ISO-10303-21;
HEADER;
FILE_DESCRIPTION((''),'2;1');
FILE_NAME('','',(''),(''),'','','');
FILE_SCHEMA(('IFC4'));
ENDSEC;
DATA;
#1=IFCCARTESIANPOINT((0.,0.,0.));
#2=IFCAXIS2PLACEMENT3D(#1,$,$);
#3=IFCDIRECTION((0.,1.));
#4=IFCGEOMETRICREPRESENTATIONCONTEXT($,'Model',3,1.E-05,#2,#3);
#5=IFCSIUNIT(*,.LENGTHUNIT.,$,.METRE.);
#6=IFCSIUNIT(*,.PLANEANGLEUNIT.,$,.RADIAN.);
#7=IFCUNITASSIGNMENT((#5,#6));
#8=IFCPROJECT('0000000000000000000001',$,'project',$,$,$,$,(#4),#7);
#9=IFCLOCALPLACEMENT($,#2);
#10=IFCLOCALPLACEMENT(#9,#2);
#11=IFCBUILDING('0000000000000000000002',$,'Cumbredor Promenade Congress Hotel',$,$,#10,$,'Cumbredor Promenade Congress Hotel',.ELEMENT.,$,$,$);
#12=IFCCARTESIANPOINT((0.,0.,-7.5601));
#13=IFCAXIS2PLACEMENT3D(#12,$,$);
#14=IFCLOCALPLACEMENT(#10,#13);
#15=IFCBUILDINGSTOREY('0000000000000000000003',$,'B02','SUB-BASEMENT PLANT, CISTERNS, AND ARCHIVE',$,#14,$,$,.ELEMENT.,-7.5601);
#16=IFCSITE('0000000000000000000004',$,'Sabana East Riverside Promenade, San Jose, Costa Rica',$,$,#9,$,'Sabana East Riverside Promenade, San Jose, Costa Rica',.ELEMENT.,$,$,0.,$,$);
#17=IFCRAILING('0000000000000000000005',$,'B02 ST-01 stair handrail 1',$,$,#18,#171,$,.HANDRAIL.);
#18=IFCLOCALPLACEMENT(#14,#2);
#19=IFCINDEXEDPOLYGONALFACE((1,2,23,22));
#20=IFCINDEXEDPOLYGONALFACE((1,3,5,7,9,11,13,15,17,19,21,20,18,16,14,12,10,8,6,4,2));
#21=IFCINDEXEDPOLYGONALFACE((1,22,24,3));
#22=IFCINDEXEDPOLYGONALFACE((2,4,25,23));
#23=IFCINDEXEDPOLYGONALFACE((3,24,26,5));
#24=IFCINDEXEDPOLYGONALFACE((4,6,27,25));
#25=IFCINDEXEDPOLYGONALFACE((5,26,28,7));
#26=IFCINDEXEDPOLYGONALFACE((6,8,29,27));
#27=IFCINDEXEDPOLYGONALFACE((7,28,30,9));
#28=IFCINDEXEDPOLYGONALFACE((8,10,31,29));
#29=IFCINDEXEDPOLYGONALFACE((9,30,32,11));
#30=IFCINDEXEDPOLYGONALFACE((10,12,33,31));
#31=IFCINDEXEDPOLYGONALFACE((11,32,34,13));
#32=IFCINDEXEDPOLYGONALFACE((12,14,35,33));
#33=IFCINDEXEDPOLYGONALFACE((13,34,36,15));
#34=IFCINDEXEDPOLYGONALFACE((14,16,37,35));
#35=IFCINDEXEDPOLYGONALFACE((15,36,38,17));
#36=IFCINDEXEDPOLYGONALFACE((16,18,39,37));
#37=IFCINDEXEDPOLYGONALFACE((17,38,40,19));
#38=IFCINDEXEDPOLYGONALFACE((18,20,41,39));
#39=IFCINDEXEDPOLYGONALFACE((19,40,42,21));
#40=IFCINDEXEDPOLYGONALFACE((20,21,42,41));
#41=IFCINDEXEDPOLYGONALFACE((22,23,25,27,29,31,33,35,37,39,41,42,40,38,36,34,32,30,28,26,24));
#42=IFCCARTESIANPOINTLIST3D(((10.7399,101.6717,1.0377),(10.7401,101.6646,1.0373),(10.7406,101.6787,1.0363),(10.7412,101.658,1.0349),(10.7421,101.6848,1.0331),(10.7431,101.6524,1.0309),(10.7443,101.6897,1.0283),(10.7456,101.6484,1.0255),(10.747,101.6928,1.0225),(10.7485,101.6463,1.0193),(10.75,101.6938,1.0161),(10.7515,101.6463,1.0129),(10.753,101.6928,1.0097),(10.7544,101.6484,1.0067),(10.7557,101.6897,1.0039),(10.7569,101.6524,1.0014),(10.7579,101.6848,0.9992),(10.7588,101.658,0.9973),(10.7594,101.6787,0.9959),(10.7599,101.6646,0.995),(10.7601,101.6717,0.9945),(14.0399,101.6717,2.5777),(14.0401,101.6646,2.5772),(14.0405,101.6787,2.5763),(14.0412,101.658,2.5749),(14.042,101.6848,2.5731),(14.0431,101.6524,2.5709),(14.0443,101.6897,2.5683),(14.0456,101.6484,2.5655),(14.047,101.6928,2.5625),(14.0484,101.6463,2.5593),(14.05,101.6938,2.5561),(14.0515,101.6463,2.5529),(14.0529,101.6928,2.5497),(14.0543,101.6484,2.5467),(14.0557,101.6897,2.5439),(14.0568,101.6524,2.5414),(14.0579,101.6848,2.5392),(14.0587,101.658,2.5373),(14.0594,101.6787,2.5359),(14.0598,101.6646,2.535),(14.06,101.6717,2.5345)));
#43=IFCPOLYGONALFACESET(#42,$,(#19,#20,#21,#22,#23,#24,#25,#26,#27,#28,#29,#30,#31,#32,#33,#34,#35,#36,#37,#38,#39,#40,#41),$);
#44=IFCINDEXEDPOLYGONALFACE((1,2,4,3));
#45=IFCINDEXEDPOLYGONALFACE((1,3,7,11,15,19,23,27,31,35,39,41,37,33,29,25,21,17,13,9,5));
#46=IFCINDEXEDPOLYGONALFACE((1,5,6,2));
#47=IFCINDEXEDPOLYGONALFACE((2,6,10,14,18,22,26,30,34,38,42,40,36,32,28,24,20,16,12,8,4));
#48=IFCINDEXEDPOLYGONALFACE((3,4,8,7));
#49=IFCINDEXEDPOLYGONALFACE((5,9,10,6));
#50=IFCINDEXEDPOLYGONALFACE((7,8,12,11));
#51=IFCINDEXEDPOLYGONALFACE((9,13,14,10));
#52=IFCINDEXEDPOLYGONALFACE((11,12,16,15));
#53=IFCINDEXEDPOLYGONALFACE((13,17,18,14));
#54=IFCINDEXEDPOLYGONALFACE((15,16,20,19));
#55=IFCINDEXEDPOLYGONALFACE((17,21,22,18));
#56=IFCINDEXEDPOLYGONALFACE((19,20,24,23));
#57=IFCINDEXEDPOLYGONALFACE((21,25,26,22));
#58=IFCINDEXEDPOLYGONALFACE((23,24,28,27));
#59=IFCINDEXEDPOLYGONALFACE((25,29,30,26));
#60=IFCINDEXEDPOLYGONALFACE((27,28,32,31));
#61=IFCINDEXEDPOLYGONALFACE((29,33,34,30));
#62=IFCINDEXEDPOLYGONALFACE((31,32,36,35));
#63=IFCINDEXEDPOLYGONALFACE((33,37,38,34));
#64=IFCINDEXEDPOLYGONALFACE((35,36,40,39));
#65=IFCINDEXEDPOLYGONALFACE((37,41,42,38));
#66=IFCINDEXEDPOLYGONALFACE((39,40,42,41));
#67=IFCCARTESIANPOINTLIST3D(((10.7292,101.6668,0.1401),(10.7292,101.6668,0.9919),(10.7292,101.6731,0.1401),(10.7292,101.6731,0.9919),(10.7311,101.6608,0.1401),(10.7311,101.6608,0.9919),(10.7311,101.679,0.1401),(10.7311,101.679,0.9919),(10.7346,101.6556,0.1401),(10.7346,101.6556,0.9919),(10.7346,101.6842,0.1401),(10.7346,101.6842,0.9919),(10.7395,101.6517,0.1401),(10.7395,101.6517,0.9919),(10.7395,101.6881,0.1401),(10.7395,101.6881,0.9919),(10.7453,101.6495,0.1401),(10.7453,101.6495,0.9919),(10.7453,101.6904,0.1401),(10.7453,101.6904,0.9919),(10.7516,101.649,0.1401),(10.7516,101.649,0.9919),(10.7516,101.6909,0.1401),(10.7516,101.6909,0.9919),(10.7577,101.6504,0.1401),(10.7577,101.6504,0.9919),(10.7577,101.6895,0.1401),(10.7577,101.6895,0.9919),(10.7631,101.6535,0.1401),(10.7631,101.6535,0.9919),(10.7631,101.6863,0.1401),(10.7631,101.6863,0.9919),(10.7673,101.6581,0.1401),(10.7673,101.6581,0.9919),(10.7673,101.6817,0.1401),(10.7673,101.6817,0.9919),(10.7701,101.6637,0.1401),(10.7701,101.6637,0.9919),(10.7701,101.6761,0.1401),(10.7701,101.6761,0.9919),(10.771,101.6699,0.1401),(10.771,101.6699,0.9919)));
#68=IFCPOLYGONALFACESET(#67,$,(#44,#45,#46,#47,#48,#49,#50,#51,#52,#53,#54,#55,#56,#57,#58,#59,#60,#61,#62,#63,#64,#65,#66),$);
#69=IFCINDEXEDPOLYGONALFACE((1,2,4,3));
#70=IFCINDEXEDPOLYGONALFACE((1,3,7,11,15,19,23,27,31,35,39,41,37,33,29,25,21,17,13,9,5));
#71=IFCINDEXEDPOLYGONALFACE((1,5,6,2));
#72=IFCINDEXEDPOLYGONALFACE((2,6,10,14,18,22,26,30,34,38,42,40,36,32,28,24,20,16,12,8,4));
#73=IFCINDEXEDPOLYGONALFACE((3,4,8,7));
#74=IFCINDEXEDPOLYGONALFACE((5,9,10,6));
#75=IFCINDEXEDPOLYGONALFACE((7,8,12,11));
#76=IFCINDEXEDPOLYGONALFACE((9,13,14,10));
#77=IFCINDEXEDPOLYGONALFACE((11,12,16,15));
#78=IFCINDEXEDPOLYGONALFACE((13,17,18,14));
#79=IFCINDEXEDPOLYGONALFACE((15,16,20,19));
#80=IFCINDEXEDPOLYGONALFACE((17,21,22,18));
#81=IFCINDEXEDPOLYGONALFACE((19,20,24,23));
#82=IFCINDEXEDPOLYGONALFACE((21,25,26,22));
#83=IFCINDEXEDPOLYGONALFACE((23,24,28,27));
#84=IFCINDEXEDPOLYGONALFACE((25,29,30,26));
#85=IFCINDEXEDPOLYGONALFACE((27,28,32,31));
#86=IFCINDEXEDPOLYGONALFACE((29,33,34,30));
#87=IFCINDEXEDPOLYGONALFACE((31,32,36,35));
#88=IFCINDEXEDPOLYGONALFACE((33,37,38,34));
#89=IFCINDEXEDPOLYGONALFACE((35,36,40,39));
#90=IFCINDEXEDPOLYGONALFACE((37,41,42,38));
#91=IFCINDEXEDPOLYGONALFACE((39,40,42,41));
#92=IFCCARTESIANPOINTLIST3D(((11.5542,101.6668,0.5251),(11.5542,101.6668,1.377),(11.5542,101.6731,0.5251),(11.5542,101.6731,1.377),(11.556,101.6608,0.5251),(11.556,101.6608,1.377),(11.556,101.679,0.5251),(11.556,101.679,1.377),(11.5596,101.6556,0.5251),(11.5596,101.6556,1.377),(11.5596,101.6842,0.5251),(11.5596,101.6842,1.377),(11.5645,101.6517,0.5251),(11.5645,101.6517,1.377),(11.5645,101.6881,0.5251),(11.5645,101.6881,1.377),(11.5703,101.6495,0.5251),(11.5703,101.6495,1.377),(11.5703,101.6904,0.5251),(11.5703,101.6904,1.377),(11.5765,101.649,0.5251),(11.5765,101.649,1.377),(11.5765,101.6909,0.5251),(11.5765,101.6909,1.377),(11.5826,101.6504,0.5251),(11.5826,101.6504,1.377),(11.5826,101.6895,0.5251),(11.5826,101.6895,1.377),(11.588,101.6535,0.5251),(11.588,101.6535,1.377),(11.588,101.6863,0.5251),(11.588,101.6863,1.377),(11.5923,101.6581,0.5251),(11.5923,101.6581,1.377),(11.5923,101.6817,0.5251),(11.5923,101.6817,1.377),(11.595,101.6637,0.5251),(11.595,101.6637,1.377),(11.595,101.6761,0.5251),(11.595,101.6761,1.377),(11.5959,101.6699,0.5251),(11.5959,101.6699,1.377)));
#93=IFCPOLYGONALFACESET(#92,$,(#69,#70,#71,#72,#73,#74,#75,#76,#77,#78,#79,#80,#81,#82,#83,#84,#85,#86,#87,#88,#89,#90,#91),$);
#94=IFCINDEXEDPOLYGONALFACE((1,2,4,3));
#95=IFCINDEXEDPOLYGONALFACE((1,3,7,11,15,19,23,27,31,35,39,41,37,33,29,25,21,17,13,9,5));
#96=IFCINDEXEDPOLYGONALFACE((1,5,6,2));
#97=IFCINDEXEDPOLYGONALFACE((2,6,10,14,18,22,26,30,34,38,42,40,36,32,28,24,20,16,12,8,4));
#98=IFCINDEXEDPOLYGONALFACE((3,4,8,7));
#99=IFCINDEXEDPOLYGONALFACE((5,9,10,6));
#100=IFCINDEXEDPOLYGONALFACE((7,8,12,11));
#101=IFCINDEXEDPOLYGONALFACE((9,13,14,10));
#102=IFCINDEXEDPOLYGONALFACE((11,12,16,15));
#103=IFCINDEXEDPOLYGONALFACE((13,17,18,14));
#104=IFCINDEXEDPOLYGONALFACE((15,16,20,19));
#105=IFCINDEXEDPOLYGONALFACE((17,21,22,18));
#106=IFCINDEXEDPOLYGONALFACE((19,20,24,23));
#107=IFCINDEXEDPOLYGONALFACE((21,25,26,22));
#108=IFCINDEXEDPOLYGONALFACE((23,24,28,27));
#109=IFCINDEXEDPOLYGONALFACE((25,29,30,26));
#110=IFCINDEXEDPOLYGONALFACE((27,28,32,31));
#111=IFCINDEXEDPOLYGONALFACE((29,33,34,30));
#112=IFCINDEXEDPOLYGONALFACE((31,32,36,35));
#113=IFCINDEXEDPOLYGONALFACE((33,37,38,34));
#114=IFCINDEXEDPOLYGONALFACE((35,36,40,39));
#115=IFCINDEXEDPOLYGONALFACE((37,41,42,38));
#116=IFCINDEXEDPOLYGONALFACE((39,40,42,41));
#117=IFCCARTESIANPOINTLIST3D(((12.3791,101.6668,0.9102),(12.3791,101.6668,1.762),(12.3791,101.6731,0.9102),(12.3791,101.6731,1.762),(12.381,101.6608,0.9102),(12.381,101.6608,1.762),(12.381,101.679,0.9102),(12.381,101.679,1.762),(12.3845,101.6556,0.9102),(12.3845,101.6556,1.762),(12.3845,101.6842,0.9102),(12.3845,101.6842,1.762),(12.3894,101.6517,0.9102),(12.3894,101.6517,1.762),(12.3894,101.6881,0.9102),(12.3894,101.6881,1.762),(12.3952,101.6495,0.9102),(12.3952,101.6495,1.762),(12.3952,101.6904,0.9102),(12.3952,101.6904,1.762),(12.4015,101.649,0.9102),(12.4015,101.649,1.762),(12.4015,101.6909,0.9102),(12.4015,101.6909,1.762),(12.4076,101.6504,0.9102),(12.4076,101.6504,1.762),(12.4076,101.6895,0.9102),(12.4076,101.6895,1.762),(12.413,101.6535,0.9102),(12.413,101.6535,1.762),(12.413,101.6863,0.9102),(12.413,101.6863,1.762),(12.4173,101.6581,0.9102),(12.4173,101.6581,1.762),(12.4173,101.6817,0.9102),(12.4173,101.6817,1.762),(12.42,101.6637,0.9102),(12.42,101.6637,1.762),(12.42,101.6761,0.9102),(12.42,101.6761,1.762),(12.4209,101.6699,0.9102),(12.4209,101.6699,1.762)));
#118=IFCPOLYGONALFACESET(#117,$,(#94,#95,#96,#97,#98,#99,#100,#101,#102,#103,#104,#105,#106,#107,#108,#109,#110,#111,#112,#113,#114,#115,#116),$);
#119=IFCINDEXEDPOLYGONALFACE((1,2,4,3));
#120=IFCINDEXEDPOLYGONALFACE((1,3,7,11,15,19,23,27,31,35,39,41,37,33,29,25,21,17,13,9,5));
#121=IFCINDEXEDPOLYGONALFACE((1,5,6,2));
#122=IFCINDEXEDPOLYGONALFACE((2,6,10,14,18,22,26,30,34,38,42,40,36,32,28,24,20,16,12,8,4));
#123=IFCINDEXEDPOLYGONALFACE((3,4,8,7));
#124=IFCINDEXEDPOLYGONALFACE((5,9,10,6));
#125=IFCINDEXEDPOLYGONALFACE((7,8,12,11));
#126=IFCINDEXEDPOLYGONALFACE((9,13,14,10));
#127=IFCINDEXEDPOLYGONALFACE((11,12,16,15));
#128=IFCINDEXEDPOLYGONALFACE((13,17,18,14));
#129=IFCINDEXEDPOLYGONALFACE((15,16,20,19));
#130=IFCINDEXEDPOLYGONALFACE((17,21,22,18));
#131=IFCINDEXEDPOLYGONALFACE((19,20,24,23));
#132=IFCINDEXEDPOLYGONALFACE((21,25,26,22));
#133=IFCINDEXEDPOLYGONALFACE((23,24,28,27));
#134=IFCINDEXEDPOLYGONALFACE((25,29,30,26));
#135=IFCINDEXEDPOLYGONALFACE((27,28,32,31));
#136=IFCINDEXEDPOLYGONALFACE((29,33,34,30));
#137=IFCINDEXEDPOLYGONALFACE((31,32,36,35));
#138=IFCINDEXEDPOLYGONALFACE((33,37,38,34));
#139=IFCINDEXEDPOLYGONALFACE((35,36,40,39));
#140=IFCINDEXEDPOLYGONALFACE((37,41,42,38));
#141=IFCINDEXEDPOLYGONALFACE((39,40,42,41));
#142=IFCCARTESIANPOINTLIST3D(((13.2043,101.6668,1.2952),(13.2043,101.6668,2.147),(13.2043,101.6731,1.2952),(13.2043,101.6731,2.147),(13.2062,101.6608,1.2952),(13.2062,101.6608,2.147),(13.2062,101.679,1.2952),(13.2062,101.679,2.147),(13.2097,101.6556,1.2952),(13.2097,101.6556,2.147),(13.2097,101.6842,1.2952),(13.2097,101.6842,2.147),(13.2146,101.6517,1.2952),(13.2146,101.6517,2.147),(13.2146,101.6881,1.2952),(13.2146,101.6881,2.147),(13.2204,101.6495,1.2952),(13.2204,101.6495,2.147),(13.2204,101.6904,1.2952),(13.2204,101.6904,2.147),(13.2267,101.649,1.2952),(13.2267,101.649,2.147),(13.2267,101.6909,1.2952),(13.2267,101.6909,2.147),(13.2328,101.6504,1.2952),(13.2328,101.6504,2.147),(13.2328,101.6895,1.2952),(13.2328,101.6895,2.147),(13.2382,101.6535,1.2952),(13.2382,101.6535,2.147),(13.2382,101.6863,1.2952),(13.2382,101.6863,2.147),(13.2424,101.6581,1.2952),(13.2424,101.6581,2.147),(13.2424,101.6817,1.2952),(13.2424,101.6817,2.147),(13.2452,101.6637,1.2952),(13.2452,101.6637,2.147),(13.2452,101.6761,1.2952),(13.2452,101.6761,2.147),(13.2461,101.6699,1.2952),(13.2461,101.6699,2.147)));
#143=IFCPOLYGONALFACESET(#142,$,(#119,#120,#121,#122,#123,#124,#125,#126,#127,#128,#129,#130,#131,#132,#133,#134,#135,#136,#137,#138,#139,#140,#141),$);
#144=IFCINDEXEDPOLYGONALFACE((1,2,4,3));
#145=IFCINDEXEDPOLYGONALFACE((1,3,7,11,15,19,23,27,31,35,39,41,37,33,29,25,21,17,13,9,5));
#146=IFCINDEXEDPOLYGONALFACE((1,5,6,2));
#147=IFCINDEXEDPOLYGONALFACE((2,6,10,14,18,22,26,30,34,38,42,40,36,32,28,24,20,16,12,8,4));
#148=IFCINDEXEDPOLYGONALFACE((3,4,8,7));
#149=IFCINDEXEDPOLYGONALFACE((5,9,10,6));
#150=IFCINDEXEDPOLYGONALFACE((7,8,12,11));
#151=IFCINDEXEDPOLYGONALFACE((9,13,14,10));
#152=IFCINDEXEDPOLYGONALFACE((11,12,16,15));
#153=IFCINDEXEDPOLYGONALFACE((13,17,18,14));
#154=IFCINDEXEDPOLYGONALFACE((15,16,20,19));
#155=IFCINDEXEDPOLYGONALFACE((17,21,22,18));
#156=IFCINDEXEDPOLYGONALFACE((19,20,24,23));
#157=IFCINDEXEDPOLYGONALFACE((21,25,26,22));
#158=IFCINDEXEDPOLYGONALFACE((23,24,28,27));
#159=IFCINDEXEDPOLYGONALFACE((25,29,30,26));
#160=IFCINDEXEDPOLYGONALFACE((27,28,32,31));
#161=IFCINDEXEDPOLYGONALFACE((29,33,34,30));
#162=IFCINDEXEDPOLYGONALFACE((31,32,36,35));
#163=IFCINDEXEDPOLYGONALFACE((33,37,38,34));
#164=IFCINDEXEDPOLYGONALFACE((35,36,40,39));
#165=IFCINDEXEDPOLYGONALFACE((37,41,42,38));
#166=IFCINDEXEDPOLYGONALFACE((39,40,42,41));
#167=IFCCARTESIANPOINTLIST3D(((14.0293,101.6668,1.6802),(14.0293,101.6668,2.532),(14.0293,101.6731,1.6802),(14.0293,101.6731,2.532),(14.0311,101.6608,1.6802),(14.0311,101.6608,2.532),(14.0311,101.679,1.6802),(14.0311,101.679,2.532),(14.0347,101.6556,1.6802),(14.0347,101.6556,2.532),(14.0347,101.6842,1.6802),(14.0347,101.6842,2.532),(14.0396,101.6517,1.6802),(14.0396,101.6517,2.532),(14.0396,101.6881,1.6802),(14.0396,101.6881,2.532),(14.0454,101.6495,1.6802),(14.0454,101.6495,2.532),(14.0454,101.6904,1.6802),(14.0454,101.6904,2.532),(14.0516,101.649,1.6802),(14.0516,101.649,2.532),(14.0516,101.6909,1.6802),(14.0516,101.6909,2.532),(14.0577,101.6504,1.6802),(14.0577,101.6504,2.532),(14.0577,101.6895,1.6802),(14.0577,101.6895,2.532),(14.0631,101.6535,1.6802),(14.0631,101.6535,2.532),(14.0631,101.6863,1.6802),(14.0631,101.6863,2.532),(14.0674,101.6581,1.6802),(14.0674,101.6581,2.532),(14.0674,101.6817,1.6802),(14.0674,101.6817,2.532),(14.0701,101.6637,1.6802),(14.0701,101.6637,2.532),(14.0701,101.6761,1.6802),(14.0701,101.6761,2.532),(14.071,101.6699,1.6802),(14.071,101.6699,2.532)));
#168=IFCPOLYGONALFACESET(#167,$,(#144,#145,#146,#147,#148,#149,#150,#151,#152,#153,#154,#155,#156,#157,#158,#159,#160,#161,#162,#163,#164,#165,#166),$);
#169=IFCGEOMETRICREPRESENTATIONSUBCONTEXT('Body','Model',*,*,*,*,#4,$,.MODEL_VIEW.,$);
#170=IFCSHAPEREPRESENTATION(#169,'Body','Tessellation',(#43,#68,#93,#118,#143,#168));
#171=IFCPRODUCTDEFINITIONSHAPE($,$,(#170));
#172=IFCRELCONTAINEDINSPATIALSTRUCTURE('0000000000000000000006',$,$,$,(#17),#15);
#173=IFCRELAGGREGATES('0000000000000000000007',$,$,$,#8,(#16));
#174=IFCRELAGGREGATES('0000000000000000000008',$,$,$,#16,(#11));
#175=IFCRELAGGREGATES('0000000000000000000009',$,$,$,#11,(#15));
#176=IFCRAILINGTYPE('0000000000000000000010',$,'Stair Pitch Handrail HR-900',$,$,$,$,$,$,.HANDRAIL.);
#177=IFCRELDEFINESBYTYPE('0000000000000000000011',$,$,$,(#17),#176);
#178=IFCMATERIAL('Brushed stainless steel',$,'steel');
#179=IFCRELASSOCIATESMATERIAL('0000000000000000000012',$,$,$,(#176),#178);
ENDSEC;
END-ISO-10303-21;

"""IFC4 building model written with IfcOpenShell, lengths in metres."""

from ifc_helpers import new_model, si_unit, direction, frame, origin, origin_2d, place, context, subcontext, project, spatial, circle, extrude, material, type_object, element, save


model = new_model("IFC4")

# Units and contexts
model_context = context("Model", 3, precision=1e-05, world=origin(), true_north=direction((0.0, 1.0)))
body_context = subcontext(model_context, "Body", "Model", "MODEL_VIEW")
ifc_project = project(units=[si_unit("LENGTHUNIT", "METRE"), si_unit("PLANEANGLEUNIT", "RADIAN")], contexts=[model_context])

# Site, building, storey
site_placement = place(None, origin())
site = spatial("IfcSite", under=ifc_project, at=site_placement, Name="Sabana East Riverside Promenade, San Jose, Costa Rica", LongName="Sabana East Riverside Promenade, San Jose, Costa Rica", CompositionType="ELEMENT", RefElevation=0.0)
building_placement = place(site_placement, origin())
building = spatial("IfcBuilding", under=site, at=building_placement, Name="Cumbredor Promenade Congress Hotel", LongName="Cumbredor Promenade Congress Hotel", CompositionType="ELEMENT")
storey_placement = place(building_placement, frame((0.0, 0.0, -7.5601)))
storey = spatial("IfcBuildingStorey", under=building, at=storey_placement, Name="B02", Description="SUB-BASEMENT PLANT, CISTERNS, AND ARCHIVE", CompositionType="ELEMENT", Elevation=-7.5601)

# Railing
ifc_material_1 = material(Name="Brushed stainless steel", Category="steel")
railing_type_1 = type_object("IfcRailingType", Name="Stair Pitch Handrail HR-900", PredefinedType="HANDRAIL", material=ifc_material_1)
for number, where, name in (
    (1, (10.75, 101.6699, 0.1401), "B02 ST-01 stair handrail 1"),
):
    element("IfcRailing", number, at=place(storey_placement, frame(where)), inside=storey, type_object=railing_type_1, Name=name, PredefinedType="HANDRAIL", context=body_context, shape_type="SweptSolid", body=[
        extrude(circle(Radius=0.0239, at=origin_2d()), frame((0.0, 0.0, 0.876), z_axis=(0.906181, 0.0, 0.422889), x_axis=(0.0, 1.0, 0.0)), (0.0, 0.0, 1.0), 3.6416),
        extrude(circle(Radius=0.021, at=origin_2d()), origin(), (0.0, 0.0, 1.0), 0.8518),
        extrude(circle(Radius=0.021, at=origin_2d()), frame((0.825, 0.0, 0.385)), (0.0, 0.0, 1.0), 0.8518),
        extrude(circle(Radius=0.021, at=origin_2d()), frame((1.6499, 0.0, 0.77)), (0.0, 0.0, 1.0), 0.8518),
        extrude(circle(Radius=0.021, at=origin_2d()), frame((2.4751, 0.0, 1.155)), (0.0, 0.0, 1.0), 0.8518),
        extrude(circle(Radius=0.021, at=origin_2d()), frame((3.3, 0.0, 1.54)), (0.0, 0.0, 1.0), 0.8518),
    ])

save(model, "model.ifc")
